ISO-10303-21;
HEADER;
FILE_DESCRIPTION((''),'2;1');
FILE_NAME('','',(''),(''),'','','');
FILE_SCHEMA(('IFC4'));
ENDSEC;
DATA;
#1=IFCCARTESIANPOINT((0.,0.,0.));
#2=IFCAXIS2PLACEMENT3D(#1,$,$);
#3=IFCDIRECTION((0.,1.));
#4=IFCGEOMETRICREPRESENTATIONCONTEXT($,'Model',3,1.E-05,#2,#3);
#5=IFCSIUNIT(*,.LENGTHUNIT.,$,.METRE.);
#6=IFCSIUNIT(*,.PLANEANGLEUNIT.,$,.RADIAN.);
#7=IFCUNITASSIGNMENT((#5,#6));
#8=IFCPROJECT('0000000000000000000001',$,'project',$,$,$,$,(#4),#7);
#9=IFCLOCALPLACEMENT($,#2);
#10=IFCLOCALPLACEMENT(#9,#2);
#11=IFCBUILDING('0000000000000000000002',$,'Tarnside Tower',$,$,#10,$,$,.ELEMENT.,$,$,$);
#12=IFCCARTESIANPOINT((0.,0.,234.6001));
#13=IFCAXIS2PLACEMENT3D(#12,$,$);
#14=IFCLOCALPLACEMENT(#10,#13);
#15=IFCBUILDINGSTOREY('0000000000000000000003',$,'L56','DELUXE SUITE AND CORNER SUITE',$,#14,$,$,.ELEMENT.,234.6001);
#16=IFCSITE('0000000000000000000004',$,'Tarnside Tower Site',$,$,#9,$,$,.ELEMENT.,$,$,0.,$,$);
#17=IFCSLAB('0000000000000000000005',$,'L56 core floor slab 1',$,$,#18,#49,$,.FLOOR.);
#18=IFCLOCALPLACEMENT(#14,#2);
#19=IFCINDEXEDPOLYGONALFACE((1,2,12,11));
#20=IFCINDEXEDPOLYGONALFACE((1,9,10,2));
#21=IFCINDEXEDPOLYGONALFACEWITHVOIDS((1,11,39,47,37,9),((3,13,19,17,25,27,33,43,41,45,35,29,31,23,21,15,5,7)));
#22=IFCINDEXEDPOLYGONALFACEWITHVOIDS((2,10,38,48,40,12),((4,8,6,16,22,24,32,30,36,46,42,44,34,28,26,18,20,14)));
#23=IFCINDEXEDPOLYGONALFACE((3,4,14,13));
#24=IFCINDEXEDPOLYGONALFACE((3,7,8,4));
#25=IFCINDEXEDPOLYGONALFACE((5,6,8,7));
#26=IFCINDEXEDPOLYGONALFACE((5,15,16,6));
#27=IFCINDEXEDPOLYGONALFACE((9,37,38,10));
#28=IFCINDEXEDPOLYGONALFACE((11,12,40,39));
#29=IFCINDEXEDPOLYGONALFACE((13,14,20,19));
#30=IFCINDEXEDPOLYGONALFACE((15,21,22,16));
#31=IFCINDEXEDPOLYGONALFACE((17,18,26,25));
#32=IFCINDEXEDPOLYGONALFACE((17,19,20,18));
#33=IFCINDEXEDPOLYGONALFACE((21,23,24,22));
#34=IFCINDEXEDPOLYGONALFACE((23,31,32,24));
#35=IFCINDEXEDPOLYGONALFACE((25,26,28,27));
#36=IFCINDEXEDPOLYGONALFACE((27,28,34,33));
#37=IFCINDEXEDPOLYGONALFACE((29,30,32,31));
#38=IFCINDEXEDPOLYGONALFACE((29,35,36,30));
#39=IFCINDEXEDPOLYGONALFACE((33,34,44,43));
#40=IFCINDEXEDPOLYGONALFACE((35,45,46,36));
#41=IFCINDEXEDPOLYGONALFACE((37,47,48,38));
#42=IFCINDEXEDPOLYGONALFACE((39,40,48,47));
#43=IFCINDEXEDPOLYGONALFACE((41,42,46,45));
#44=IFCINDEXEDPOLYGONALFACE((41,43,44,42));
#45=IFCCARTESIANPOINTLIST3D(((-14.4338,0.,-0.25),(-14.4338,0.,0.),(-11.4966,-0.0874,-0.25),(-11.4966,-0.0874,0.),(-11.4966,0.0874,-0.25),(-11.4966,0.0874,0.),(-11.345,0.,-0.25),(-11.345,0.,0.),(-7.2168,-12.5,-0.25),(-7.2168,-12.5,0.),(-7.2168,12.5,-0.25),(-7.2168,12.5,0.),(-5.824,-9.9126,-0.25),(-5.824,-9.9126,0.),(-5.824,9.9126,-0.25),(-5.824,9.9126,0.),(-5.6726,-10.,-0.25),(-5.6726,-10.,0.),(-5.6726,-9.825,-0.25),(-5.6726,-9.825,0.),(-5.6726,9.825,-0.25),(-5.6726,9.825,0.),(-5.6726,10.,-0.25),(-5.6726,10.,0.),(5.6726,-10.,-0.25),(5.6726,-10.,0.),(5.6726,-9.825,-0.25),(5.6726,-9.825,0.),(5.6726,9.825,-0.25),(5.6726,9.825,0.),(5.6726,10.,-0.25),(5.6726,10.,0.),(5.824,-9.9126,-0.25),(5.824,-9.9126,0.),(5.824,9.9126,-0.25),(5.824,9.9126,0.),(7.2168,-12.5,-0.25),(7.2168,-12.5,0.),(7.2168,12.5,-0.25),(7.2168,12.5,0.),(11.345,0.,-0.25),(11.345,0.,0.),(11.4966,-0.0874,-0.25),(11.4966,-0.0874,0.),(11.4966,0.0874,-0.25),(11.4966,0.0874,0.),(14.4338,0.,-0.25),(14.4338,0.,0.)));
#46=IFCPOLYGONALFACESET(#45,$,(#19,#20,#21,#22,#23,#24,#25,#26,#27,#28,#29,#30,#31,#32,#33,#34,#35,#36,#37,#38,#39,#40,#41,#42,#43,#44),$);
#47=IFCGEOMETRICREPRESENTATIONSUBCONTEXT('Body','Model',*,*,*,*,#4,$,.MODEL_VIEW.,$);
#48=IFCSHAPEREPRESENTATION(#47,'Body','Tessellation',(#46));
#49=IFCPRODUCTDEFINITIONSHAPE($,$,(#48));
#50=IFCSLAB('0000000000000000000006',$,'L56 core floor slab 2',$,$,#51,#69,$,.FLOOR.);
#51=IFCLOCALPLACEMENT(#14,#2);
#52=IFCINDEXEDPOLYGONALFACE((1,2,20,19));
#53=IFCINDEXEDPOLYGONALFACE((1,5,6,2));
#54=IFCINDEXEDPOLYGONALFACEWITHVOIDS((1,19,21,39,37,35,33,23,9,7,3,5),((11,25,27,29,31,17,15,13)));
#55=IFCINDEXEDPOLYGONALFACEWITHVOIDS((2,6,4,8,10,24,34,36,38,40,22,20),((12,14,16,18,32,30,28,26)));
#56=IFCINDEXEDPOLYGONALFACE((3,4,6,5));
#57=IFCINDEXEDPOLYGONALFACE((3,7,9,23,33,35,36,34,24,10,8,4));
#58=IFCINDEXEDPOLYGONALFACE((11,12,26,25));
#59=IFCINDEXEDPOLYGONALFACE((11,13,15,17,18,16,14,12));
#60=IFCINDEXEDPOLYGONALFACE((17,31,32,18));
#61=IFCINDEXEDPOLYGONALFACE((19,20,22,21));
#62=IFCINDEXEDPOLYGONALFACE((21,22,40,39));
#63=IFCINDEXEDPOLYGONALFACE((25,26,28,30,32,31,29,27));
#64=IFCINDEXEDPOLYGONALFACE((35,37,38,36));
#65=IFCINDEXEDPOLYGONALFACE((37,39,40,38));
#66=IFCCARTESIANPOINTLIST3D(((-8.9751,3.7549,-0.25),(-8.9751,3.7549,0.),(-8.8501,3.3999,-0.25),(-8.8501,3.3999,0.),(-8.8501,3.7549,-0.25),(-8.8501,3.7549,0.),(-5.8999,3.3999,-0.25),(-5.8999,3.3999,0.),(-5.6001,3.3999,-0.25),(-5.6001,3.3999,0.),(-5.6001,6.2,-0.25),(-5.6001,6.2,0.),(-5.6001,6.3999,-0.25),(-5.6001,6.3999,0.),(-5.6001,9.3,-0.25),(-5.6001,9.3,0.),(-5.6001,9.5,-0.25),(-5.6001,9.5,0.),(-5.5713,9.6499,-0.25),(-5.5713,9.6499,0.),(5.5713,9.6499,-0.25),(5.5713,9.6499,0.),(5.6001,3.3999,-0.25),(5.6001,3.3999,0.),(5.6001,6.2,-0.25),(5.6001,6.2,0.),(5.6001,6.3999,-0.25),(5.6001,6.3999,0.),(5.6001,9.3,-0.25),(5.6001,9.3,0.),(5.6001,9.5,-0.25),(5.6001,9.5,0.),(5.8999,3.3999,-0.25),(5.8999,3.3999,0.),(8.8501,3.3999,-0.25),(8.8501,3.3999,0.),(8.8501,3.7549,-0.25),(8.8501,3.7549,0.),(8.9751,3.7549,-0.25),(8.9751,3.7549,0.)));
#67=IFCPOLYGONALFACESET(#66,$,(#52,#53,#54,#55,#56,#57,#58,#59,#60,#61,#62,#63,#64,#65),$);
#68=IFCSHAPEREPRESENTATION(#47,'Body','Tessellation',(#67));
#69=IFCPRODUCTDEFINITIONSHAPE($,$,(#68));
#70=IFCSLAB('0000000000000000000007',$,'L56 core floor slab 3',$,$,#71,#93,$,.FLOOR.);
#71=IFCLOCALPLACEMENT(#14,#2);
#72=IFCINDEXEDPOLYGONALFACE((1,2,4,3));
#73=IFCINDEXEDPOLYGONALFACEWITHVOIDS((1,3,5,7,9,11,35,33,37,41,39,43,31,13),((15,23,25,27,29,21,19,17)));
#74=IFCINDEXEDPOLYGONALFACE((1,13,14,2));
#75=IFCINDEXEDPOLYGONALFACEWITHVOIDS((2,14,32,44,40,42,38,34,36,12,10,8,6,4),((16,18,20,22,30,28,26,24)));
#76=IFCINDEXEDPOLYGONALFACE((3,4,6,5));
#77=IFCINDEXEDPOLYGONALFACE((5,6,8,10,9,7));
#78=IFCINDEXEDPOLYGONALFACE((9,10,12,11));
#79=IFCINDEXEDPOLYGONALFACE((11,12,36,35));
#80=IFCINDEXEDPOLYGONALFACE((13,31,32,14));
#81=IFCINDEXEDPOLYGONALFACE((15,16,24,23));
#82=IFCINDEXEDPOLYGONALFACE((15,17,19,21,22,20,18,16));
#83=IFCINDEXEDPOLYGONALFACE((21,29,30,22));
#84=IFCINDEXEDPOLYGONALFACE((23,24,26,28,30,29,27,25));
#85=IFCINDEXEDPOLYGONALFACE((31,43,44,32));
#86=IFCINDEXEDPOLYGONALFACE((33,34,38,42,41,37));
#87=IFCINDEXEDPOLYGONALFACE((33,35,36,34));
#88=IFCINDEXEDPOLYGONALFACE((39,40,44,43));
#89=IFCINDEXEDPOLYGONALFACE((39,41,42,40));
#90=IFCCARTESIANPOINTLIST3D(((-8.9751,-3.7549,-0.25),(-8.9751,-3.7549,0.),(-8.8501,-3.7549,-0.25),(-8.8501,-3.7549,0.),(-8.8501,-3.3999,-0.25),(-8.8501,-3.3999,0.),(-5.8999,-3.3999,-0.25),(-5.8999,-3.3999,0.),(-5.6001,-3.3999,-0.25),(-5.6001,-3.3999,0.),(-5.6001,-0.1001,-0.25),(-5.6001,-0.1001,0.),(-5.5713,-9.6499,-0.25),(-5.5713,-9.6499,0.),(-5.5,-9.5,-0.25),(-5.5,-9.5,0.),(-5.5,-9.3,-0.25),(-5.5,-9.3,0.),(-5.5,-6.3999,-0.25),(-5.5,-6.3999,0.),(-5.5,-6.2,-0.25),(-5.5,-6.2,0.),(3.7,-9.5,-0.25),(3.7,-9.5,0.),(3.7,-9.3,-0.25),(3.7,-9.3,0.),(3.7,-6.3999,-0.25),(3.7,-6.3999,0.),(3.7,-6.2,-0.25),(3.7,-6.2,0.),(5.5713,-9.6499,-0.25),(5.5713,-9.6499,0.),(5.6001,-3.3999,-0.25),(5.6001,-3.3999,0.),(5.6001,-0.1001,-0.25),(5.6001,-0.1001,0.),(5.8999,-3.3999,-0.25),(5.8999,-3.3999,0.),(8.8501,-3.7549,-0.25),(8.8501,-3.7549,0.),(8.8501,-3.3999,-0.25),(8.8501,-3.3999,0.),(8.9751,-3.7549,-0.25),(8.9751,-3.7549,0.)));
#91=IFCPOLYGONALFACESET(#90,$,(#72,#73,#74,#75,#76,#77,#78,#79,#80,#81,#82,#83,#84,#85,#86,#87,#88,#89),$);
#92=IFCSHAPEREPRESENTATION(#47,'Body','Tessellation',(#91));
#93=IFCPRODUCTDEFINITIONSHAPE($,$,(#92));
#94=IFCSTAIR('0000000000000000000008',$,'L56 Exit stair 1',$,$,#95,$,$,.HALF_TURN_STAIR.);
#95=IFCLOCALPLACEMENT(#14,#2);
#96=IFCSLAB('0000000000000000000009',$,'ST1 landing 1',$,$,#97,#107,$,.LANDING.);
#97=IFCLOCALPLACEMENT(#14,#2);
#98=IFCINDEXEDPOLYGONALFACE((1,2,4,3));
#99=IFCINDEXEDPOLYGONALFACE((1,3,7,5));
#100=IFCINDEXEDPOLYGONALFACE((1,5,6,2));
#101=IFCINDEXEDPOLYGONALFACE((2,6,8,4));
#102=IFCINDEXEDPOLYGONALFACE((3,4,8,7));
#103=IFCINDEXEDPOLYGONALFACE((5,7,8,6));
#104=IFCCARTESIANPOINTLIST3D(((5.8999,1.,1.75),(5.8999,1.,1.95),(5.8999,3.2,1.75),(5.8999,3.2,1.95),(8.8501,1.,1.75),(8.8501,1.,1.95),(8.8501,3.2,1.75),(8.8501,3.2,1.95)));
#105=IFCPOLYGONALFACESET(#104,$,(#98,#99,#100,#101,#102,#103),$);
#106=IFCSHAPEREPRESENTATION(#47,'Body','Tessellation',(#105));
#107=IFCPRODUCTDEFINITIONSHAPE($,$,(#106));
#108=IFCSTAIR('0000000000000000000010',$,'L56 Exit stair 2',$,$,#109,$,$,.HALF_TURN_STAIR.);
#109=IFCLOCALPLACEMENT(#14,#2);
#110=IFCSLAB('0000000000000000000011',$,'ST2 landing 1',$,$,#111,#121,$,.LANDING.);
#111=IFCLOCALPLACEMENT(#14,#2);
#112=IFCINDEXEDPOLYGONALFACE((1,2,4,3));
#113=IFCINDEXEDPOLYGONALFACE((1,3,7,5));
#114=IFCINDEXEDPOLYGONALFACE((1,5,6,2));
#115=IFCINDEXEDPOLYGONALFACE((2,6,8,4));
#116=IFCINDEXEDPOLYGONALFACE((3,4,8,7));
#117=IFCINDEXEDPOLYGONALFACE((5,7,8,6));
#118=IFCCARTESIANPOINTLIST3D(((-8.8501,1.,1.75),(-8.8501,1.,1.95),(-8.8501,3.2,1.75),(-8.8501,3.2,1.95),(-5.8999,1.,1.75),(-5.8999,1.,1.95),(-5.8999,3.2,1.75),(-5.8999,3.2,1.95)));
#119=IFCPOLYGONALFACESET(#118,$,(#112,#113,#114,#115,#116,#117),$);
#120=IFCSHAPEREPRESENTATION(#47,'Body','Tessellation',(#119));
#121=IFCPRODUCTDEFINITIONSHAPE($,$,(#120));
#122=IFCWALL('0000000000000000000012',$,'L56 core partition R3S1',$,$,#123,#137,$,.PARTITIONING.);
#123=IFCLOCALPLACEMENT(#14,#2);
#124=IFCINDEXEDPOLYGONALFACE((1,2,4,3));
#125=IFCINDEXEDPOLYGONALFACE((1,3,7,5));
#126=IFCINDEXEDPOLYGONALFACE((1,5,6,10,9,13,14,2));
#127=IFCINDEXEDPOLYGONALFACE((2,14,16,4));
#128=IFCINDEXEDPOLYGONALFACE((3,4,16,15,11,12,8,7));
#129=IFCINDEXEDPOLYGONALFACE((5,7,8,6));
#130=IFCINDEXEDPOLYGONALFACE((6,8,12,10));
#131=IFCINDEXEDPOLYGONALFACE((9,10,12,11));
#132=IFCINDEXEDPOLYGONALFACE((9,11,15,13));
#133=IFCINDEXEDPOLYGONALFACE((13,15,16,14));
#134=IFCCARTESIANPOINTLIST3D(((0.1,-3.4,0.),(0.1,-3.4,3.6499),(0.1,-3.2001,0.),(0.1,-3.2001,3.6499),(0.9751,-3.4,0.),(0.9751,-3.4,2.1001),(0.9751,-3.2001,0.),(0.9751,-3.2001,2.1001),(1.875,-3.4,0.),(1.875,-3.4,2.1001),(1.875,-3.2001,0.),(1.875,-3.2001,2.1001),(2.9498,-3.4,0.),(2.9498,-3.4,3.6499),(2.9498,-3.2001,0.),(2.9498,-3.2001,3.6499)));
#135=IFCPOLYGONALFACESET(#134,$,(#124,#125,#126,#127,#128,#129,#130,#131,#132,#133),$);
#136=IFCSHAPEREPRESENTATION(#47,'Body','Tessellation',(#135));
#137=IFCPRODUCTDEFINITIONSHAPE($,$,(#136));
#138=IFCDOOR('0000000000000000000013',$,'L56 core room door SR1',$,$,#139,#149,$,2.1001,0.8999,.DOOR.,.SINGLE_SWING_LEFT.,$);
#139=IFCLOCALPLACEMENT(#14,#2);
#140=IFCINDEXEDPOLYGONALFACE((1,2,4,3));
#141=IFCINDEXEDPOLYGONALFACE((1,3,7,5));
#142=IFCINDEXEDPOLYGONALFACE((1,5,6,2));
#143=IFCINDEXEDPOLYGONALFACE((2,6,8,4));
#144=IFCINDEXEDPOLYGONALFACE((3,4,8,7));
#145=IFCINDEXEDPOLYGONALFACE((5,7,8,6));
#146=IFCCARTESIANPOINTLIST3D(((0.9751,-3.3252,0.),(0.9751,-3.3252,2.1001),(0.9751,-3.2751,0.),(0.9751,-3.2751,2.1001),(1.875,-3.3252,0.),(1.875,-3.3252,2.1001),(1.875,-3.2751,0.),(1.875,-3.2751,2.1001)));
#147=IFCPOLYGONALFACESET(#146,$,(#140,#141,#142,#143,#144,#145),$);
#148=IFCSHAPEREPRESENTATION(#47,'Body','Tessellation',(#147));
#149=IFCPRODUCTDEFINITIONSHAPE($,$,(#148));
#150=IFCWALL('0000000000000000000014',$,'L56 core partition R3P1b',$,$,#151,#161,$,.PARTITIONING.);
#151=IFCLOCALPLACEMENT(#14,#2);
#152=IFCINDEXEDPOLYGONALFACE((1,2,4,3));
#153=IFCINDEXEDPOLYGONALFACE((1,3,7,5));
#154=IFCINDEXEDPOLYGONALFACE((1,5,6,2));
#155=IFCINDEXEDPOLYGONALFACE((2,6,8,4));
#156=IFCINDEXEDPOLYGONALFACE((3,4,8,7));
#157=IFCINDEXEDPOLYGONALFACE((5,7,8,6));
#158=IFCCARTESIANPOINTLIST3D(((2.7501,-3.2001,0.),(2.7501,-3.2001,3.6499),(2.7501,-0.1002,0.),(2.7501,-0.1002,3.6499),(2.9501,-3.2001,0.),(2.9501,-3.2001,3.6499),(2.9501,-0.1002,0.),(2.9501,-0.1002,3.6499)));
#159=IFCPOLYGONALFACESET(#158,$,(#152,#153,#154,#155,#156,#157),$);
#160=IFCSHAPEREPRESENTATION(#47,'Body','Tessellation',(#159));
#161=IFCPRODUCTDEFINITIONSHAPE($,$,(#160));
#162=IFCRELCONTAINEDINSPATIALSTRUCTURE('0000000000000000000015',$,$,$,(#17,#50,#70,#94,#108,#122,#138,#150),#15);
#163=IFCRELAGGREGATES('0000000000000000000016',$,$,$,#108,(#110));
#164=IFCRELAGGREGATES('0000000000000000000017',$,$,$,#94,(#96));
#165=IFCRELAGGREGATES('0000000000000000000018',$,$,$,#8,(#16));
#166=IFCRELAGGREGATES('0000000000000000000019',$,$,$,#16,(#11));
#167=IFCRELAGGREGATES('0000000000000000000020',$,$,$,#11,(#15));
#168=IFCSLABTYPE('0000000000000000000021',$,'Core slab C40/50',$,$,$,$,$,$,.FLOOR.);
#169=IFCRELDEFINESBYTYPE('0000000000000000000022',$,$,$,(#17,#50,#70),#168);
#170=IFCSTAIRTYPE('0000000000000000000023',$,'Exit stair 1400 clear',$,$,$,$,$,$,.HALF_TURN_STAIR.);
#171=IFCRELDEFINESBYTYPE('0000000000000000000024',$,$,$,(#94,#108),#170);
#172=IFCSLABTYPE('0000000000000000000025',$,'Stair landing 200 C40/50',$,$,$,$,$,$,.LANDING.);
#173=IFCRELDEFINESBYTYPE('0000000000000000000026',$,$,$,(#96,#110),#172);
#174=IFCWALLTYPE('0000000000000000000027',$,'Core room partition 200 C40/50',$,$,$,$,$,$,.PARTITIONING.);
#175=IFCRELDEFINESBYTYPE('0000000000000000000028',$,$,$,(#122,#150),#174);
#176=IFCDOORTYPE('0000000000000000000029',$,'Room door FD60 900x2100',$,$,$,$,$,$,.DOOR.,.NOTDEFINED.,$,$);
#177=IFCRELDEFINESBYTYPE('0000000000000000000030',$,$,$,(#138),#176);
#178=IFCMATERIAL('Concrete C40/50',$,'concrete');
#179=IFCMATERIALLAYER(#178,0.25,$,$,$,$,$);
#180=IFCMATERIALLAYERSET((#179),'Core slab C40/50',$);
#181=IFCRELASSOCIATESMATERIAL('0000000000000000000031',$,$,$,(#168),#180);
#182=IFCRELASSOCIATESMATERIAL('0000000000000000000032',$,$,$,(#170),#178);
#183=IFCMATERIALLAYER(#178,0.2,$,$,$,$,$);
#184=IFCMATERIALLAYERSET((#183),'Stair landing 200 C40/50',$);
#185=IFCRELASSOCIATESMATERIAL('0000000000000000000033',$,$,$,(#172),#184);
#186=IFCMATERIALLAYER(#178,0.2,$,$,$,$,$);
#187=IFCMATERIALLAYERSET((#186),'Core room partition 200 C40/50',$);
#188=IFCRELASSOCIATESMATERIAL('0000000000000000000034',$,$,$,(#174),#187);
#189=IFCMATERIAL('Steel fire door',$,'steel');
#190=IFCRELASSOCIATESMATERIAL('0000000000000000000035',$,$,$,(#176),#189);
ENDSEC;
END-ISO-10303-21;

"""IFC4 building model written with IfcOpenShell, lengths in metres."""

from ifc_helpers import new_model, si_unit, direction, frame, frame_2d, origin, place, context, subcontext, project, spatial, polyline, rectangle, outline, extrude, material, layer, layer_set, type_object, element, fill, aggregate, save


model = new_model("IFC4")

# Units and contexts
model_context = context("Model", 3, precision=1e-05, world=origin(), true_north=direction((0.0, 1.0)))
body_context = subcontext(model_context, "Body", "Model", "MODEL_VIEW")
ifc_project = project(units=[si_unit("LENGTHUNIT", "METRE"), si_unit("PLANEANGLEUNIT", "RADIAN")], contexts=[model_context])

# Site, building, storey
site_placement = place(None, origin())
site = spatial("IfcSite", under=ifc_project, at=site_placement, Name="Tarnside Tower Site", CompositionType="ELEMENT", RefElevation=0.0)
building_placement = place(site_placement, origin())
building = spatial("IfcBuilding", under=site, at=building_placement, Name="Tarnside Tower", CompositionType="ELEMENT")
storey_placement = place(building_placement, frame((0.0, 0.0, 234.6001)))
storey = spatial("IfcBuildingStorey", under=building, at=storey_placement, Name="L56", Description="DELUXE SUITE AND CORNER SUITE", CompositionType="ELEMENT", Elevation=234.6001)

# Slabs
ifc_material_1 = material(Name="Concrete C40/50", Category="concrete")
ifc_layer_1 = layer(ifc_material_1, 0.25)
ifc_layer_set_1 = layer_set([ifc_layer_1], Name="Core slab C40/50")
slab_type_1 = type_object("IfcSlabType", Name="Core slab C40/50", PredefinedType="FLOOR", material=ifc_layer_set_1)
slab_1_placement = place(storey_placement, frame((0.0, 0.0, -0.25)))
element("IfcSlab", 1, at=slab_1_placement, inside=storey, type_object=slab_type_1, Name="L56 core floor slab 1", PredefinedType="FLOOR", context=body_context, shape_type="SweptSolid", body=[
    extrude(outline(polyline([(-7.2168, 12.5), (7.2168, 12.5), (14.4338, 0.0), (7.2168, -12.5), (-7.2168, -12.5), (-14.4338, 0.0), (-7.2168, 12.5)]), holes=[polyline([(5.824, -9.9126), (11.4966, -0.0874), (11.345, 0.0), (11.4966, 0.0874), (5.824, 9.9126), (5.6726, 9.825), (5.6726, 10.0), (-5.6726, 10.0), (-5.6726, 9.825), (-5.824, 9.9126), (-11.4966, 0.0874), (-11.345, 0.0), (-11.4966, -0.0874), (-5.824, -9.9126), (-5.6726, -9.825), (-5.6726, -10.0), (5.6726, -10.0), (5.6726, -9.825), (5.824, -9.9126)])]), origin(), (0.0, 0.0, 1.0), 0.25),
])
slab_2_placement = place(storey_placement, frame((0.0, 0.0, -0.25)))
element("IfcSlab", 2, at=slab_2_placement, inside=storey, type_object=slab_type_1, Name="L56 core floor slab 2", PredefinedType="FLOOR", context=body_context, shape_type="SweptSolid", body=[
    extrude(outline(polyline([(-8.9751, 3.7549), (-5.5713, 9.6499), (5.5713, 9.6499), (8.9751, 3.7549), (8.8501, 3.7549), (8.8501, 3.3999), (5.8999, 3.3999), (5.6001, 3.3999), (5.6001, 3.3999), (-5.6001, 3.3999), (-5.8999, 3.3999), (-8.8501, 3.3999), (-8.8501, 3.7549), (-8.9751, 3.7549)]), holes=[polyline([(-5.6001, 6.2), (5.6001, 6.2), (5.6001, 6.3999), (5.6001, 9.3), (5.6001, 9.5), (-5.6001, 9.5), (-5.6001, 9.3), (-5.6001, 6.3999), (-5.6001, 6.2)])]), origin(), (0.0, 0.0, 1.0), 0.25),
])
slab_3_placement = place(storey_placement, frame((0.0, 0.0, -0.25)))
element("IfcSlab", 3, at=slab_3_placement, inside=storey, type_object=slab_type_1, Name="L56 core floor slab 3", PredefinedType="FLOOR", context=body_context, shape_type="SweptSolid", body=[
    extrude(outline(polyline([(5.6001, -3.3999), (5.8999, -3.3999), (8.8501, -3.3999), (8.8501, -3.7549), (8.9751, -3.7549), (5.5713, -9.6499), (-5.5713, -9.6499), (-8.9751, -3.7549), (-8.8501, -3.7549), (-8.8501, -3.3999), (-5.8999, -3.3999), (-5.6001, -3.3999), (-5.6001, -0.1001), (5.6001, -0.1001), (5.6001, -3.3999)]), holes=[polyline([(-5.5, -9.3), (-5.5, -9.5), (3.7, -9.5), (3.7, -9.3), (3.7, -6.3999), (3.7, -6.2), (-5.5, -6.2), (-5.5, -6.3999), (-5.5, -9.3)])]), origin(), (0.0, 0.0, 1.0), 0.25),
])

# Stairs, slabs
stair_type = type_object("IfcStairType", Name="Exit stair 1400 clear", PredefinedType="HALF_TURN_STAIR", material=ifc_material_1)
stair_1_placement = place(storey_placement, origin())
stair_1 = element("IfcStair", 4, at=stair_1_placement, inside=storey, type_object=stair_type, Name="L56 Exit stair 1", PredefinedType="HALF_TURN_STAIR")
ifc_layer_2 = layer(ifc_material_1, 0.2)
ifc_layer_set_2 = layer_set([ifc_layer_2], Name="Stair landing 200 C40/50")
slab_type_2 = type_object("IfcSlabType", Name="Stair landing 200 C40/50", PredefinedType="LANDING", material=ifc_layer_set_2)
slab_4_placement = place(storey_placement, frame((0.0, 0.0, 1.75)))
slab_4 = element("IfcSlab", 5, at=slab_4_placement, type_object=slab_type_2, Name="ST1 landing 1", PredefinedType="LANDING", context=body_context, shape_type="SweptSolid", body=[
    extrude(outline(polyline([(8.8501, 1.0), (8.8501, 3.2), (5.8999, 3.2), (5.8999, 1.0), (8.8501, 1.0)])), origin(), (0.0, 0.0, 1.0), 0.2),
])
stair_2_placement = place(storey_placement, origin())
stair_2 = element("IfcStair", 6, at=stair_2_placement, inside=storey, type_object=stair_type, Name="L56 Exit stair 2", PredefinedType="HALF_TURN_STAIR")
slab_5_placement = place(storey_placement, frame((0.0, 0.0, 1.75)))
slab_5 = element("IfcSlab", 7, at=slab_5_placement, type_object=slab_type_2, Name="ST2 landing 1", PredefinedType="LANDING", context=body_context, shape_type="SweptSolid", body=[
    extrude(outline(polyline([(-5.8999, 1.0), (-5.8999, 3.2), (-8.8501, 3.2), (-8.8501, 1.0), (-5.8999, 1.0)])), origin(), (0.0, 0.0, 1.0), 0.2),
])
aggregate(stair_2, [slab_5])

# Wall, opening, door
ifc_layer_3 = layer(ifc_material_1, 0.2)
ifc_layer_set_3 = layer_set([ifc_layer_3], Name="Core room partition 200 C40/50")
wall_type_1 = type_object("IfcWallType", Name="Core room partition 200 C40/50", PredefinedType="PARTITIONING", material=ifc_layer_set_3)
wall_1_placement = place(storey_placement, frame((0.1001, -3.3, 0.0), z_axis=(0.0, 0.0, 1.0), x_axis=(1.0, 0.0, 0.0)))
wall_1 = element("IfcWall", 8, at=wall_1_placement, inside=storey, type_object=wall_type_1, Name="L56 core partition R3S1", PredefinedType="PARTITIONING", context=body_context, shape_type="SweptSolid", body=[
    extrude(rectangle(XDim=2.8499, YDim=0.2, at=frame_2d((1.4248, 0.0))), origin(), (0.0, 0.0, 1.0), 3.6499),
])
opening_1_placement = place(wall_1_placement, frame((0.875, 0.0, 0.0)))
opening_1 = element("IfcOpeningElement", 9, at=opening_1_placement, cuts=wall_1, PredefinedType="OPENING", context=body_context, shape_type="SweptSolid", body=[
    extrude(rectangle(XDim=0.8999, YDim=2.1001, at=frame_2d((0.45, 1.05))), frame((0.0, 0.1099, 0.0), z_axis=(0.0, -1.0, 0.0), x_axis=(1.0, 0.0, 0.0)), (0.0, 0.0, 1.0), 0.22),
])
ifc_material_2 = material(Name="Steel fire door", Category="steel")
door_type_1 = type_object("IfcDoorType", Name="Room door FD60 900x2100", OperationType="NOTDEFINED", PredefinedType="DOOR", material=ifc_material_2)
door_1_placement = place(opening_1_placement, origin())
door_1 = element("IfcDoor", 10, at=door_1_placement, inside=storey, type_object=door_type_1, Name="L56 core room door SR1", OperationType="SINGLE_SWING_LEFT", OverallHeight=2.1001, OverallWidth=0.8999, PredefinedType="DOOR", context=body_context, shape_type="SweptSolid", body=[
    extrude(rectangle(XDim=0.8999, YDim=2.1001, at=frame_2d((0.45, 1.05))), frame((0.0, 0.0249, 0.0), z_axis=(0.0, -1.0, 0.0), x_axis=(1.0, 0.0, 0.0)), (0.0, 0.0, 1.0), 0.05),
])
fill(opening_1, door_1)

# Wall
wall_2_placement = place(storey_placement, frame((2.8501, -3.2, 0.0), z_axis=(0.0, 0.0, 1.0), x_axis=(0.0, 1.0, 0.0)))
element("IfcWall", 11, at=wall_2_placement, inside=storey, type_object=wall_type_1, Name="L56 core partition R3P1b", PredefinedType="PARTITIONING", context=body_context, shape_type="SweptSolid", body=[
    extrude(rectangle(XDim=3.0999, YDim=0.2, at=frame_2d((1.5498, 0.0))), origin(), (0.0, 0.0, 1.0), 3.6499),
])

aggregate(stair_1, [slab_4])

save(model, "model.ifc")
